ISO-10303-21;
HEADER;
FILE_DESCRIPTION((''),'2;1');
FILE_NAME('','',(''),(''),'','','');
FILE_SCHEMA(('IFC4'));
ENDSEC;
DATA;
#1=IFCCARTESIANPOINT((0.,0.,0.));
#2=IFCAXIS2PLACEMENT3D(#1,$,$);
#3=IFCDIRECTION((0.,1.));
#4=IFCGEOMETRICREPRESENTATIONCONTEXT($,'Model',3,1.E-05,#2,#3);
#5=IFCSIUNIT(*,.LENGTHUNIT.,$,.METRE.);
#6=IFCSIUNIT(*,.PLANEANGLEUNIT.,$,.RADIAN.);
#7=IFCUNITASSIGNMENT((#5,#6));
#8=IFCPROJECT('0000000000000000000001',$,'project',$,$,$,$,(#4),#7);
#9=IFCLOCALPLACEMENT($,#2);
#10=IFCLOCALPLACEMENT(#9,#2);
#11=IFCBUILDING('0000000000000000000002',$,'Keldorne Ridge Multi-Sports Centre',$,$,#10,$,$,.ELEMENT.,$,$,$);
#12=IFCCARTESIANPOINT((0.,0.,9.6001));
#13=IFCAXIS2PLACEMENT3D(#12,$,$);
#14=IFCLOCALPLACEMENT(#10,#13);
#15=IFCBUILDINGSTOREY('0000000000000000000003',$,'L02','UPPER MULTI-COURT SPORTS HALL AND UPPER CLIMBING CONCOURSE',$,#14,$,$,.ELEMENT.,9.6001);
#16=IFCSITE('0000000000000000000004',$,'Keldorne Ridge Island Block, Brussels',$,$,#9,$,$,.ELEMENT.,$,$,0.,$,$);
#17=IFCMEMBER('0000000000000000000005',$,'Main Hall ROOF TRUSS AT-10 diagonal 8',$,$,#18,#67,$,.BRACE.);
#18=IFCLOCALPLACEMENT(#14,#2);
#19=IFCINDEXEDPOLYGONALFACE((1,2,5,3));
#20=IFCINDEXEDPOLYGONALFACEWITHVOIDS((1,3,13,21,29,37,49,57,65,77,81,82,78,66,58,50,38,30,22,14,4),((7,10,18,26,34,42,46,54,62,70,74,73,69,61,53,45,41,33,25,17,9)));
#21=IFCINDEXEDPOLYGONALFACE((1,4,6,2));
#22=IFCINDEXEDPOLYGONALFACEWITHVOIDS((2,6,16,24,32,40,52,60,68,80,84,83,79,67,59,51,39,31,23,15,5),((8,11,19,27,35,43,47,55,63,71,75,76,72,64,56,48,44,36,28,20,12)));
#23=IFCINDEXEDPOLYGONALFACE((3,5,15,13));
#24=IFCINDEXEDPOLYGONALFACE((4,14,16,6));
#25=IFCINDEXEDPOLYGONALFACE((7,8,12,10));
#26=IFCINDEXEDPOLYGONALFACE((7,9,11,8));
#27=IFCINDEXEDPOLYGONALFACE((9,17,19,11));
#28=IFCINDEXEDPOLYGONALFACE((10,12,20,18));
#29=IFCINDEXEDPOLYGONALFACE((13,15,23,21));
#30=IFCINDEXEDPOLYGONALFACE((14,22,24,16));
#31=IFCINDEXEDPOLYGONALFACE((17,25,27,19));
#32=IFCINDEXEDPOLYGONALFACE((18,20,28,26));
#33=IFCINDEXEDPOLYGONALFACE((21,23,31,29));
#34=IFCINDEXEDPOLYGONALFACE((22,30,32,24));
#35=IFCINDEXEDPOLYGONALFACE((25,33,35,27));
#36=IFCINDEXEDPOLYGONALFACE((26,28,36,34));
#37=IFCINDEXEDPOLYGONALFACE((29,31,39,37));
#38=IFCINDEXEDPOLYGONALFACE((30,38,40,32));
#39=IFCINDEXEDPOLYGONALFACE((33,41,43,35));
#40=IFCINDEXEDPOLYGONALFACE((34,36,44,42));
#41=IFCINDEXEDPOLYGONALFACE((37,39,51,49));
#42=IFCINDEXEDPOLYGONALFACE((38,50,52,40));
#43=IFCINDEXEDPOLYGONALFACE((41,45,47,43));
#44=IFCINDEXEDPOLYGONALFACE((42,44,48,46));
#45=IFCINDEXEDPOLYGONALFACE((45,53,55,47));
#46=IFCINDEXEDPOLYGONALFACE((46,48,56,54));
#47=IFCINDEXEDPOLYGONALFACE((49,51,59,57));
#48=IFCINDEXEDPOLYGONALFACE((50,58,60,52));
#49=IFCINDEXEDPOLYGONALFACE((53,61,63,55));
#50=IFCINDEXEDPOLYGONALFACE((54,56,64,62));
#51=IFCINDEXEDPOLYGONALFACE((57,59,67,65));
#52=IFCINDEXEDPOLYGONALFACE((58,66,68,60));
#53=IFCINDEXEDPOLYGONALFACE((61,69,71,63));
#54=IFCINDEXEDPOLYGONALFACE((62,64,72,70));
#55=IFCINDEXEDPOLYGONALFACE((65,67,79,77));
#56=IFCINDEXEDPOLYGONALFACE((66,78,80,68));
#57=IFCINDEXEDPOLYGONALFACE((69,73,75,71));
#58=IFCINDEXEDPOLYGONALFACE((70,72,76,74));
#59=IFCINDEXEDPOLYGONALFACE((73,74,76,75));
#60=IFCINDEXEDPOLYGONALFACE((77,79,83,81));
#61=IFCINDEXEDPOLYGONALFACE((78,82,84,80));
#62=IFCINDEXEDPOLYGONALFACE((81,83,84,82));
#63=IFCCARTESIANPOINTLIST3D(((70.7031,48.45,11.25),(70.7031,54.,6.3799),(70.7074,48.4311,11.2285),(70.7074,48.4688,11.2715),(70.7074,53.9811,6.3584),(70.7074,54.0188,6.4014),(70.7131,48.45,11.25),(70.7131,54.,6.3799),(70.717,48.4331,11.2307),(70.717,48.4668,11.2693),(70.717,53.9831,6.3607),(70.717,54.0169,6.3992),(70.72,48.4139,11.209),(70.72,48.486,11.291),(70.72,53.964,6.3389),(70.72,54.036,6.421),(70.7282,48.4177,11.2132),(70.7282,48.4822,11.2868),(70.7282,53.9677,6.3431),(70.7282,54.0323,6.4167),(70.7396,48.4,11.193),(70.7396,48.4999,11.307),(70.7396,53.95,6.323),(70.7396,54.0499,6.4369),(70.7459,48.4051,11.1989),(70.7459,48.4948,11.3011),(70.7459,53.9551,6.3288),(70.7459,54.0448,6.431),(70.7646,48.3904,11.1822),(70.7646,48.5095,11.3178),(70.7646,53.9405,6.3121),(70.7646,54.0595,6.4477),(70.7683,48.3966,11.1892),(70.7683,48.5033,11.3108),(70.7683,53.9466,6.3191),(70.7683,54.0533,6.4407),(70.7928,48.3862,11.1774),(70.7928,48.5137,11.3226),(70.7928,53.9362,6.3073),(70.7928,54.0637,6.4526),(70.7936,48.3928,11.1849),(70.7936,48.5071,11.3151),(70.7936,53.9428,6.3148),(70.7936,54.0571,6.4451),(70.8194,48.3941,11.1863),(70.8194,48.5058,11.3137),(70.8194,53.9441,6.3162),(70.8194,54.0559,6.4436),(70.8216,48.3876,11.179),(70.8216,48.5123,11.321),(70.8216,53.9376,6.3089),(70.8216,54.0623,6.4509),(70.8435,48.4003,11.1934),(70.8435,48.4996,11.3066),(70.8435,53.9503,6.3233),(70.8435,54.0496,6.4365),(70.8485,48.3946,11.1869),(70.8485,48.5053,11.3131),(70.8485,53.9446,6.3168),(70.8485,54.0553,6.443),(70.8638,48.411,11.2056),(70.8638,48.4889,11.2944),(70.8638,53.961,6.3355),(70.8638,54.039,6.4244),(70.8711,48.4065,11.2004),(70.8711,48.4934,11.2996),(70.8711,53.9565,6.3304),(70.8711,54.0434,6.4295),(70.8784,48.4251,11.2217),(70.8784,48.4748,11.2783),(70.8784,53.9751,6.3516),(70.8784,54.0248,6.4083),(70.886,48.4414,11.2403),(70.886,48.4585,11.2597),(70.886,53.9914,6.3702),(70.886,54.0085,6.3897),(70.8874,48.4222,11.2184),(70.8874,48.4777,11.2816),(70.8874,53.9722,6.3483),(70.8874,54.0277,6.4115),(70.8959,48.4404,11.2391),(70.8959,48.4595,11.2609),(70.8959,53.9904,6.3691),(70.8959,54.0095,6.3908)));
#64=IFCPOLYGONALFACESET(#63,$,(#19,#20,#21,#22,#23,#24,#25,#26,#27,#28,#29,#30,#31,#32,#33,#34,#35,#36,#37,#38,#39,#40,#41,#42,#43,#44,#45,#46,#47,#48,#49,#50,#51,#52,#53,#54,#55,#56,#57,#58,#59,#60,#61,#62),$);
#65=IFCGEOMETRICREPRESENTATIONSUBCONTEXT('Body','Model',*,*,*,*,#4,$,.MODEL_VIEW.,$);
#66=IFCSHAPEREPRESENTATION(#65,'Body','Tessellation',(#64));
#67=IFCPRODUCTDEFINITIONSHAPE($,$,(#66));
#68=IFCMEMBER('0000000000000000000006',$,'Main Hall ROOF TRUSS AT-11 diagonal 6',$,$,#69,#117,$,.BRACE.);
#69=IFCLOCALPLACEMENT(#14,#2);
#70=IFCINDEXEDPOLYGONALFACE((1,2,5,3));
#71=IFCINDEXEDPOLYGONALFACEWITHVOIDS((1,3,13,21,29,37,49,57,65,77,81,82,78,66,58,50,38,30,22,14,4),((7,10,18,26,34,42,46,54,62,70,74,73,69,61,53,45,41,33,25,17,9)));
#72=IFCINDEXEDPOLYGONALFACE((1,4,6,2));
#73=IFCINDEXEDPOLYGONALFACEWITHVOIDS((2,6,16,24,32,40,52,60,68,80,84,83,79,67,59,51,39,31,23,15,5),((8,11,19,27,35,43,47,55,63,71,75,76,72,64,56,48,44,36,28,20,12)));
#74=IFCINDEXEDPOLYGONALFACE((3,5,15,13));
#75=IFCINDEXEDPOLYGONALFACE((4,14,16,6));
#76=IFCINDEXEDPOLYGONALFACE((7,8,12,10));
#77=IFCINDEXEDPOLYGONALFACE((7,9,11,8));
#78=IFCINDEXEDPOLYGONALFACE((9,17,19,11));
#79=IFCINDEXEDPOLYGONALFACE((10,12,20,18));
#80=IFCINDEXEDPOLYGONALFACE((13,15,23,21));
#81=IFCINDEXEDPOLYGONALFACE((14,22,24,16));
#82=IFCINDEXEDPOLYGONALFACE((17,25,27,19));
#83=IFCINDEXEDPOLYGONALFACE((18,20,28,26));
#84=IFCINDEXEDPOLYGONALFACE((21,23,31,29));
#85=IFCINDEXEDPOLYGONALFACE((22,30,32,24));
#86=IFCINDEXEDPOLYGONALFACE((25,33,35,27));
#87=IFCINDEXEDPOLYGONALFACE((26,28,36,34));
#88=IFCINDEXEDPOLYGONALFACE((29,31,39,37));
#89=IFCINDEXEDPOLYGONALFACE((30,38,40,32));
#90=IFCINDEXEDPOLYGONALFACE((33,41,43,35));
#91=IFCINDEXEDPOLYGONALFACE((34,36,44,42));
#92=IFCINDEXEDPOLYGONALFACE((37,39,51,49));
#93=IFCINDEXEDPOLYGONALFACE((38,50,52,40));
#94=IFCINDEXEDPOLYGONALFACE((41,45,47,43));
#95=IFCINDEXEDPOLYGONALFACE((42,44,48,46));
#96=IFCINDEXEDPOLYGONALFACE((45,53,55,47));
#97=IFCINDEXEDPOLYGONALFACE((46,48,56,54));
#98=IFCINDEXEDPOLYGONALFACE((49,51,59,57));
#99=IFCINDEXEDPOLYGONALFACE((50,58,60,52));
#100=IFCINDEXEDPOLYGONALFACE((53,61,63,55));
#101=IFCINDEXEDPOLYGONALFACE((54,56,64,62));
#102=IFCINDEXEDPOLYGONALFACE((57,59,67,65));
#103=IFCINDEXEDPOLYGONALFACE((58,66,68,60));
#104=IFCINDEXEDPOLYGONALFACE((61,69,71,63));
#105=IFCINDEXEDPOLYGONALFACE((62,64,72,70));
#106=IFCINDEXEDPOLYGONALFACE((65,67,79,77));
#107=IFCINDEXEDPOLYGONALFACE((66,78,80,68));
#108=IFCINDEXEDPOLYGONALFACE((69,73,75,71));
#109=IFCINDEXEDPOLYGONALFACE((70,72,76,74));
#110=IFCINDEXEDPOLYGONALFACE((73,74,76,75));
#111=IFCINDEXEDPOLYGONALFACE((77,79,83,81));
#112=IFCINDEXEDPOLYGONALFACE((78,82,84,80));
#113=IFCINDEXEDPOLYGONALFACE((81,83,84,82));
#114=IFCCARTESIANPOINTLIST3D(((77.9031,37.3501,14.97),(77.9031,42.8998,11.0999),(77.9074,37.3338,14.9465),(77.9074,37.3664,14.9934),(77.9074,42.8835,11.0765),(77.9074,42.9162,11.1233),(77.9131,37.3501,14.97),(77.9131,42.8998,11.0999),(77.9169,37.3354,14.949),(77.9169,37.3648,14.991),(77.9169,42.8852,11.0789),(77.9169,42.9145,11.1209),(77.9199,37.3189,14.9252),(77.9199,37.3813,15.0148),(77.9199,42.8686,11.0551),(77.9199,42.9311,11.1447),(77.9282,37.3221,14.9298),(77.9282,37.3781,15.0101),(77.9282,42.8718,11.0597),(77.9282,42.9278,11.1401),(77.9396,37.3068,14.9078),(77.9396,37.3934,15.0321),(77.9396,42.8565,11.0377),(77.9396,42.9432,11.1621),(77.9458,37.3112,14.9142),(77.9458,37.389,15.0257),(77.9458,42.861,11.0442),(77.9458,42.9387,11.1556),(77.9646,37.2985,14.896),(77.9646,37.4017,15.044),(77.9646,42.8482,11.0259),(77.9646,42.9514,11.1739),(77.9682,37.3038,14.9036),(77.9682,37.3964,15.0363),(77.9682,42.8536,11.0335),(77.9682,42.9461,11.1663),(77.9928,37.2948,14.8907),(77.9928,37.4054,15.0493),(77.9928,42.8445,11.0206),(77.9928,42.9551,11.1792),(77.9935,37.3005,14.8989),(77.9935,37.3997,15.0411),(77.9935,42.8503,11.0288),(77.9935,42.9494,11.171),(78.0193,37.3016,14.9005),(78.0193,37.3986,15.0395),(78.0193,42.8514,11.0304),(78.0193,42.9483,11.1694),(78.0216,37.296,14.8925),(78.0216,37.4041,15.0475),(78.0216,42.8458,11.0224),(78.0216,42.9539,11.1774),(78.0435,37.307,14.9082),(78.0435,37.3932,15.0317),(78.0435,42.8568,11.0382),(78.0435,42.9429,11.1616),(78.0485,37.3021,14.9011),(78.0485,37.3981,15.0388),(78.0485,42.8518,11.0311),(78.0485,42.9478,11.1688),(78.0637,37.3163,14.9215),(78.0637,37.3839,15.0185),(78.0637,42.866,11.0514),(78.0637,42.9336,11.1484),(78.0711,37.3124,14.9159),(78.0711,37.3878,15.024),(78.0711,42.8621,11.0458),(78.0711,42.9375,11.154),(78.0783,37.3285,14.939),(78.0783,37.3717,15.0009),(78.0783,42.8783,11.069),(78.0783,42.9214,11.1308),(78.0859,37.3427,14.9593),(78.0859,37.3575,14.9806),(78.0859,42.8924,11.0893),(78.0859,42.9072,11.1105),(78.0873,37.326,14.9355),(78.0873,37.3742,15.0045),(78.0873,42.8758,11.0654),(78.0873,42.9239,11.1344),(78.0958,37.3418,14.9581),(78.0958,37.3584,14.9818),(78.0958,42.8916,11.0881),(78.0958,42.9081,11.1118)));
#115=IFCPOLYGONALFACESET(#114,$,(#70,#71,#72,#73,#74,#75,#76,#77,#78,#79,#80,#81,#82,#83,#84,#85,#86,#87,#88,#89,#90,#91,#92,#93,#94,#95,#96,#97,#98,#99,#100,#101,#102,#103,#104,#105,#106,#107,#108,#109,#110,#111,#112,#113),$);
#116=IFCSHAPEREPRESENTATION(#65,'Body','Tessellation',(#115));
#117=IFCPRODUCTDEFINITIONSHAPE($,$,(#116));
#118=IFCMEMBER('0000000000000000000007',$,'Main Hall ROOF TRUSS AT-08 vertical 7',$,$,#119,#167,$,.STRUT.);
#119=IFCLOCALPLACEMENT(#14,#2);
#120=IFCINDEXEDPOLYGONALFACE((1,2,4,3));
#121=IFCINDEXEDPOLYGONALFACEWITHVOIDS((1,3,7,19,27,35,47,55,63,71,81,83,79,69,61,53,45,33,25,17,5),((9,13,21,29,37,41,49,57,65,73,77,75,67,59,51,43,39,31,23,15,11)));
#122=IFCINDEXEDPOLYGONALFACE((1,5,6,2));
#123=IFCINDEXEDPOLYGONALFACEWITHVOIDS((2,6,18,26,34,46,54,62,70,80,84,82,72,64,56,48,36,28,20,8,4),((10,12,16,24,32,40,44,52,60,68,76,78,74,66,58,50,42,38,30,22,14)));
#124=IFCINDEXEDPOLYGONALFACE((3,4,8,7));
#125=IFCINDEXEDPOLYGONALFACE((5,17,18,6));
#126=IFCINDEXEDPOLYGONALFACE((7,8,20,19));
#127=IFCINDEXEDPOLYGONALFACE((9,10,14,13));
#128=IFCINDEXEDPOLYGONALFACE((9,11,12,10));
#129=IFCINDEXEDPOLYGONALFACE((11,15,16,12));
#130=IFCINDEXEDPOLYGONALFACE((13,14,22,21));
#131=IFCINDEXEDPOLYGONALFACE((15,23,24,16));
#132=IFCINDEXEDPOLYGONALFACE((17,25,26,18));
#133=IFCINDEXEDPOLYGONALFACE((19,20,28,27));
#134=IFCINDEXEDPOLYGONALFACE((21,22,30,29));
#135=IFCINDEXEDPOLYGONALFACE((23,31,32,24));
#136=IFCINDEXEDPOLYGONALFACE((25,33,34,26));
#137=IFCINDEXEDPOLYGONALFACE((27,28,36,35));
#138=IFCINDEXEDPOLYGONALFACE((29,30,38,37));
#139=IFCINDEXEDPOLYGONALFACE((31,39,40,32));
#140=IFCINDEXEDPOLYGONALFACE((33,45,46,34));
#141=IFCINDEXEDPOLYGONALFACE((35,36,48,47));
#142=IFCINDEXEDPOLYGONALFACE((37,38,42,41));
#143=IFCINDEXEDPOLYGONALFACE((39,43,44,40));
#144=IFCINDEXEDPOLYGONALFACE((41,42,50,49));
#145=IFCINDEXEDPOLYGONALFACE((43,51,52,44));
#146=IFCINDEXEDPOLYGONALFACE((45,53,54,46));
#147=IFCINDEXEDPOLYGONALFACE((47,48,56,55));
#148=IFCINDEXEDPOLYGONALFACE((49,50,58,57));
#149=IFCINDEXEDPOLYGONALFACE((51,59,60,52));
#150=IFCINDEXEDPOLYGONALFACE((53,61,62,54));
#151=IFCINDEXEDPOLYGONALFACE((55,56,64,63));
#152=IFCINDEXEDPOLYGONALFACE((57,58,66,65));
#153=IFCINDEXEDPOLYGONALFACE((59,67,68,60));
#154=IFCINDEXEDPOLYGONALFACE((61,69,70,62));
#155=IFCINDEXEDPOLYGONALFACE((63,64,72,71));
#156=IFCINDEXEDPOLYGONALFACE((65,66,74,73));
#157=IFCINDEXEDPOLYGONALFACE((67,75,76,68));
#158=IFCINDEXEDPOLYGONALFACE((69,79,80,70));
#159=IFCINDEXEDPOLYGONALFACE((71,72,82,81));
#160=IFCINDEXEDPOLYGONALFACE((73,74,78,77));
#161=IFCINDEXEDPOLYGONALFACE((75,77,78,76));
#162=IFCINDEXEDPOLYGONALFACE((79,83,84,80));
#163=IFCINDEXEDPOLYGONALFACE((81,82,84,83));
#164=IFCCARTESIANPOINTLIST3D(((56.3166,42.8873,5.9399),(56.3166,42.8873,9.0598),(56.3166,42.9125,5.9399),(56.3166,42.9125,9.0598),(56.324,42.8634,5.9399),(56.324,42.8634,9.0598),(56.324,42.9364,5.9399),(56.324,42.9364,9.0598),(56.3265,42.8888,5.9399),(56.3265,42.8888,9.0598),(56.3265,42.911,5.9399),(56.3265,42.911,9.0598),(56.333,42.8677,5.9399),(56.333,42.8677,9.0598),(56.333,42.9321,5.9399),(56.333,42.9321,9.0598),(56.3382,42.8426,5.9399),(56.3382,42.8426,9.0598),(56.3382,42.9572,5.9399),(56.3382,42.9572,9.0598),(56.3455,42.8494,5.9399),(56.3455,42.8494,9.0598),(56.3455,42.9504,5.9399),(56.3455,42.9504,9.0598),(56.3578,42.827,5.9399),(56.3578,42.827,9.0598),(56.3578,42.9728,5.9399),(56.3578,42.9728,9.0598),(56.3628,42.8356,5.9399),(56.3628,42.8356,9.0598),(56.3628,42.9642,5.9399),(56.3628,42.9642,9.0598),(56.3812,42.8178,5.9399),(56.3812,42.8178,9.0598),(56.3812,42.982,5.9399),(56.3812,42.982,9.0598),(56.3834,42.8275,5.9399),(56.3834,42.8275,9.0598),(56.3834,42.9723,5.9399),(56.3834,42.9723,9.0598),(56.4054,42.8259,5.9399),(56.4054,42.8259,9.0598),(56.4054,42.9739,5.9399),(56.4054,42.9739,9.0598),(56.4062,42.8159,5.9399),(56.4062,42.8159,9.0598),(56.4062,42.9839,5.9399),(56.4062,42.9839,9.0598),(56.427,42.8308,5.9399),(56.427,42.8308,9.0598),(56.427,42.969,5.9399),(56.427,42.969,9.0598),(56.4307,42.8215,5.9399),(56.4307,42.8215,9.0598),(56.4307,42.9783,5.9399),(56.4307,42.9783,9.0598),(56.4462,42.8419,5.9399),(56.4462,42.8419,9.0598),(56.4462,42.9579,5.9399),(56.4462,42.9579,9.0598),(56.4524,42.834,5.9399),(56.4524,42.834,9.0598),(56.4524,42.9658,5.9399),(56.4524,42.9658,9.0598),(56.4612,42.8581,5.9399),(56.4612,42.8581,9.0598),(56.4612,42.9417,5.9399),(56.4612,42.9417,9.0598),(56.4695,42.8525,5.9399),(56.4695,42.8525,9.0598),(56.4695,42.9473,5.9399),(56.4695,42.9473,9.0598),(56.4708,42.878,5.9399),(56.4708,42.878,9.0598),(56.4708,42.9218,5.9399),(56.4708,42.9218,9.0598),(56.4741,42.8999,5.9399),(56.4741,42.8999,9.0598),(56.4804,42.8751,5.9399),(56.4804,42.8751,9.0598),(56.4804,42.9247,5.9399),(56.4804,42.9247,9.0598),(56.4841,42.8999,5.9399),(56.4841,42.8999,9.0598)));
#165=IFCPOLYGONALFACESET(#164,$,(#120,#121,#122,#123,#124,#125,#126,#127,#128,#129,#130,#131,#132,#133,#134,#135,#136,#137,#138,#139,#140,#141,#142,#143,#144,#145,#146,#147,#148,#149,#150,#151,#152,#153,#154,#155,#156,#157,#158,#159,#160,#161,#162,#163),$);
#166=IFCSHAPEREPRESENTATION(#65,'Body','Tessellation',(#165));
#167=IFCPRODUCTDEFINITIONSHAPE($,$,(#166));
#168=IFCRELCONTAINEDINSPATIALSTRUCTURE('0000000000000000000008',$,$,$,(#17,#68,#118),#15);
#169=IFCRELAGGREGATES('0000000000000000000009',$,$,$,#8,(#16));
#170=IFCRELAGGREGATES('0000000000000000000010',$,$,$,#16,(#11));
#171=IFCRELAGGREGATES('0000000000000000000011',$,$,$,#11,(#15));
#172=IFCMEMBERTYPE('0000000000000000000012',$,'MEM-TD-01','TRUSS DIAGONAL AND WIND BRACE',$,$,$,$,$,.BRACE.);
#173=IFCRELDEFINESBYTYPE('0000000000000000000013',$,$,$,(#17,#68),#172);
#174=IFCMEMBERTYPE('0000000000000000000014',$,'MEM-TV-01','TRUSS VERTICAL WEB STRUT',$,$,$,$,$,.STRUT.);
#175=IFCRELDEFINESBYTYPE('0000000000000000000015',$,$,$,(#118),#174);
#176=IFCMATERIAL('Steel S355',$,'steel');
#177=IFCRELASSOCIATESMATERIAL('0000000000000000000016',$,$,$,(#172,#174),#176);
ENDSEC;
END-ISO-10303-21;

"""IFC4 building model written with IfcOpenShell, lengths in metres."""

from ifc_helpers import new_model, si_unit, direction, frame, origin, origin_2d, place, context, subcontext, project, spatial, hollow_circle, extrude, material, material_profile, profile_set, type_object, element, save


model = new_model("IFC4")

# Units and contexts
model_context = context("Model", 3, precision=1e-05, world=origin(), true_north=direction((0.0, 1.0)))
body_context = subcontext(model_context, "Body", "Model", "MODEL_VIEW")
ifc_project = project(units=[si_unit("LENGTHUNIT", "METRE"), si_unit("PLANEANGLEUNIT", "RADIAN")], contexts=[model_context])

# Site, building, storey
site_placement = place(None, origin())
site = spatial("IfcSite", under=ifc_project, at=site_placement, Name="Keldorne Ridge Island Block, Brussels", CompositionType="ELEMENT", RefElevation=0.0)
building_placement = place(site_placement, origin())
building = spatial("IfcBuilding", under=site, at=building_placement, Name="Keldorne Ridge Multi-Sports Centre", CompositionType="ELEMENT")
storey_placement = place(building_placement, frame((0.0, 0.0, 9.6001)))
storey = spatial("IfcBuildingStorey", under=building, at=storey_placement, Name="L02", Description="UPPER MULTI-COURT SPORTS HALL AND UPPER CLIMBING CONCOURSE", CompositionType="ELEMENT", Elevation=9.6001)

# Shared definitions
ifc_material = material(Name="Steel S355", Category="steel")

# Members
ifc_material_profile_1 = material_profile(ifc_material, hollow_circle(Radius=0.0969, WallThickness=0.01, at=origin_2d()), Name="CHS 193.7x10")
ifc_profile_set_1 = profile_set([ifc_material_profile_1], Name="Steel S355")
member_type_1 = type_object("IfcMemberType", Name="MEM-TD-01", Description="TRUSS DIAGONAL AND WIND BRACE", PredefinedType="BRACE", material=ifc_profile_set_1)
member_1_placement = place(storey_placement, frame((70.8, 48.45, 11.25), z_axis=(0.0, 0.751648, -0.659564), x_axis=(-1.0, 0.0, 0.0)))
element("IfcMember", 1, at=member_1_placement, inside=storey, type_object=member_type_1, Name="Main Hall ROOF TRUSS AT-10 diagonal 8", PredefinedType="BRACE", context=body_context, shape_type="SweptSolid", body=[
    extrude(hollow_circle(Radius=0.0969, WallThickness=0.01, at=origin_2d()), origin(), (0.0, 0.0, 1.0), 7.3838),
])
member_2_placement = place(storey_placement, frame((78.0, 37.3501, 14.97), z_axis=(0.0, 0.820255, -0.571999), x_axis=(-1.0, 0.0, 0.0)))
element("IfcMember", 2, at=member_2_placement, inside=storey, type_object=member_type_1, Name="Main Hall ROOF TRUSS AT-11 diagonal 6", PredefinedType="BRACE", context=body_context, shape_type="SweptSolid", body=[
    extrude(hollow_circle(Radius=0.0969, WallThickness=0.01, at=origin_2d()), origin(), (0.0, 0.0, 1.0), 6.7659),
])
ifc_material_profile_2 = material_profile(ifc_material, hollow_circle(Radius=0.0842, WallThickness=0.01, at=origin_2d()), Name="CHS 168.3x10")
ifc_profile_set_2 = profile_set([ifc_material_profile_2], Name="Steel S355")
member_type_2 = type_object("IfcMemberType", Name="MEM-TV-01", Description="TRUSS VERTICAL WEB STRUT", PredefinedType="STRUT", material=ifc_profile_set_2)
for number, where, z_axis, x_axis, name in (
    (3, (56.3999, 42.8999, 5.9399), (0.0, 0.0, 1.0), (1.0, 0.0, 0.0), "Main Hall ROOF TRUSS AT-08 vertical 7"),
):
    element("IfcMember", number, at=place(storey_placement, frame(where, z_axis=z_axis, x_axis=x_axis)), inside=storey, type_object=member_type_2, Name=name, PredefinedType="STRUT", context=body_context, shape_type="SweptSolid", body=[
        extrude(hollow_circle(Radius=0.0842, WallThickness=0.01, at=origin_2d()), origin(), (0.0, 0.0, 1.0), 3.1199),
    ])

save(model, "model.ifc")
